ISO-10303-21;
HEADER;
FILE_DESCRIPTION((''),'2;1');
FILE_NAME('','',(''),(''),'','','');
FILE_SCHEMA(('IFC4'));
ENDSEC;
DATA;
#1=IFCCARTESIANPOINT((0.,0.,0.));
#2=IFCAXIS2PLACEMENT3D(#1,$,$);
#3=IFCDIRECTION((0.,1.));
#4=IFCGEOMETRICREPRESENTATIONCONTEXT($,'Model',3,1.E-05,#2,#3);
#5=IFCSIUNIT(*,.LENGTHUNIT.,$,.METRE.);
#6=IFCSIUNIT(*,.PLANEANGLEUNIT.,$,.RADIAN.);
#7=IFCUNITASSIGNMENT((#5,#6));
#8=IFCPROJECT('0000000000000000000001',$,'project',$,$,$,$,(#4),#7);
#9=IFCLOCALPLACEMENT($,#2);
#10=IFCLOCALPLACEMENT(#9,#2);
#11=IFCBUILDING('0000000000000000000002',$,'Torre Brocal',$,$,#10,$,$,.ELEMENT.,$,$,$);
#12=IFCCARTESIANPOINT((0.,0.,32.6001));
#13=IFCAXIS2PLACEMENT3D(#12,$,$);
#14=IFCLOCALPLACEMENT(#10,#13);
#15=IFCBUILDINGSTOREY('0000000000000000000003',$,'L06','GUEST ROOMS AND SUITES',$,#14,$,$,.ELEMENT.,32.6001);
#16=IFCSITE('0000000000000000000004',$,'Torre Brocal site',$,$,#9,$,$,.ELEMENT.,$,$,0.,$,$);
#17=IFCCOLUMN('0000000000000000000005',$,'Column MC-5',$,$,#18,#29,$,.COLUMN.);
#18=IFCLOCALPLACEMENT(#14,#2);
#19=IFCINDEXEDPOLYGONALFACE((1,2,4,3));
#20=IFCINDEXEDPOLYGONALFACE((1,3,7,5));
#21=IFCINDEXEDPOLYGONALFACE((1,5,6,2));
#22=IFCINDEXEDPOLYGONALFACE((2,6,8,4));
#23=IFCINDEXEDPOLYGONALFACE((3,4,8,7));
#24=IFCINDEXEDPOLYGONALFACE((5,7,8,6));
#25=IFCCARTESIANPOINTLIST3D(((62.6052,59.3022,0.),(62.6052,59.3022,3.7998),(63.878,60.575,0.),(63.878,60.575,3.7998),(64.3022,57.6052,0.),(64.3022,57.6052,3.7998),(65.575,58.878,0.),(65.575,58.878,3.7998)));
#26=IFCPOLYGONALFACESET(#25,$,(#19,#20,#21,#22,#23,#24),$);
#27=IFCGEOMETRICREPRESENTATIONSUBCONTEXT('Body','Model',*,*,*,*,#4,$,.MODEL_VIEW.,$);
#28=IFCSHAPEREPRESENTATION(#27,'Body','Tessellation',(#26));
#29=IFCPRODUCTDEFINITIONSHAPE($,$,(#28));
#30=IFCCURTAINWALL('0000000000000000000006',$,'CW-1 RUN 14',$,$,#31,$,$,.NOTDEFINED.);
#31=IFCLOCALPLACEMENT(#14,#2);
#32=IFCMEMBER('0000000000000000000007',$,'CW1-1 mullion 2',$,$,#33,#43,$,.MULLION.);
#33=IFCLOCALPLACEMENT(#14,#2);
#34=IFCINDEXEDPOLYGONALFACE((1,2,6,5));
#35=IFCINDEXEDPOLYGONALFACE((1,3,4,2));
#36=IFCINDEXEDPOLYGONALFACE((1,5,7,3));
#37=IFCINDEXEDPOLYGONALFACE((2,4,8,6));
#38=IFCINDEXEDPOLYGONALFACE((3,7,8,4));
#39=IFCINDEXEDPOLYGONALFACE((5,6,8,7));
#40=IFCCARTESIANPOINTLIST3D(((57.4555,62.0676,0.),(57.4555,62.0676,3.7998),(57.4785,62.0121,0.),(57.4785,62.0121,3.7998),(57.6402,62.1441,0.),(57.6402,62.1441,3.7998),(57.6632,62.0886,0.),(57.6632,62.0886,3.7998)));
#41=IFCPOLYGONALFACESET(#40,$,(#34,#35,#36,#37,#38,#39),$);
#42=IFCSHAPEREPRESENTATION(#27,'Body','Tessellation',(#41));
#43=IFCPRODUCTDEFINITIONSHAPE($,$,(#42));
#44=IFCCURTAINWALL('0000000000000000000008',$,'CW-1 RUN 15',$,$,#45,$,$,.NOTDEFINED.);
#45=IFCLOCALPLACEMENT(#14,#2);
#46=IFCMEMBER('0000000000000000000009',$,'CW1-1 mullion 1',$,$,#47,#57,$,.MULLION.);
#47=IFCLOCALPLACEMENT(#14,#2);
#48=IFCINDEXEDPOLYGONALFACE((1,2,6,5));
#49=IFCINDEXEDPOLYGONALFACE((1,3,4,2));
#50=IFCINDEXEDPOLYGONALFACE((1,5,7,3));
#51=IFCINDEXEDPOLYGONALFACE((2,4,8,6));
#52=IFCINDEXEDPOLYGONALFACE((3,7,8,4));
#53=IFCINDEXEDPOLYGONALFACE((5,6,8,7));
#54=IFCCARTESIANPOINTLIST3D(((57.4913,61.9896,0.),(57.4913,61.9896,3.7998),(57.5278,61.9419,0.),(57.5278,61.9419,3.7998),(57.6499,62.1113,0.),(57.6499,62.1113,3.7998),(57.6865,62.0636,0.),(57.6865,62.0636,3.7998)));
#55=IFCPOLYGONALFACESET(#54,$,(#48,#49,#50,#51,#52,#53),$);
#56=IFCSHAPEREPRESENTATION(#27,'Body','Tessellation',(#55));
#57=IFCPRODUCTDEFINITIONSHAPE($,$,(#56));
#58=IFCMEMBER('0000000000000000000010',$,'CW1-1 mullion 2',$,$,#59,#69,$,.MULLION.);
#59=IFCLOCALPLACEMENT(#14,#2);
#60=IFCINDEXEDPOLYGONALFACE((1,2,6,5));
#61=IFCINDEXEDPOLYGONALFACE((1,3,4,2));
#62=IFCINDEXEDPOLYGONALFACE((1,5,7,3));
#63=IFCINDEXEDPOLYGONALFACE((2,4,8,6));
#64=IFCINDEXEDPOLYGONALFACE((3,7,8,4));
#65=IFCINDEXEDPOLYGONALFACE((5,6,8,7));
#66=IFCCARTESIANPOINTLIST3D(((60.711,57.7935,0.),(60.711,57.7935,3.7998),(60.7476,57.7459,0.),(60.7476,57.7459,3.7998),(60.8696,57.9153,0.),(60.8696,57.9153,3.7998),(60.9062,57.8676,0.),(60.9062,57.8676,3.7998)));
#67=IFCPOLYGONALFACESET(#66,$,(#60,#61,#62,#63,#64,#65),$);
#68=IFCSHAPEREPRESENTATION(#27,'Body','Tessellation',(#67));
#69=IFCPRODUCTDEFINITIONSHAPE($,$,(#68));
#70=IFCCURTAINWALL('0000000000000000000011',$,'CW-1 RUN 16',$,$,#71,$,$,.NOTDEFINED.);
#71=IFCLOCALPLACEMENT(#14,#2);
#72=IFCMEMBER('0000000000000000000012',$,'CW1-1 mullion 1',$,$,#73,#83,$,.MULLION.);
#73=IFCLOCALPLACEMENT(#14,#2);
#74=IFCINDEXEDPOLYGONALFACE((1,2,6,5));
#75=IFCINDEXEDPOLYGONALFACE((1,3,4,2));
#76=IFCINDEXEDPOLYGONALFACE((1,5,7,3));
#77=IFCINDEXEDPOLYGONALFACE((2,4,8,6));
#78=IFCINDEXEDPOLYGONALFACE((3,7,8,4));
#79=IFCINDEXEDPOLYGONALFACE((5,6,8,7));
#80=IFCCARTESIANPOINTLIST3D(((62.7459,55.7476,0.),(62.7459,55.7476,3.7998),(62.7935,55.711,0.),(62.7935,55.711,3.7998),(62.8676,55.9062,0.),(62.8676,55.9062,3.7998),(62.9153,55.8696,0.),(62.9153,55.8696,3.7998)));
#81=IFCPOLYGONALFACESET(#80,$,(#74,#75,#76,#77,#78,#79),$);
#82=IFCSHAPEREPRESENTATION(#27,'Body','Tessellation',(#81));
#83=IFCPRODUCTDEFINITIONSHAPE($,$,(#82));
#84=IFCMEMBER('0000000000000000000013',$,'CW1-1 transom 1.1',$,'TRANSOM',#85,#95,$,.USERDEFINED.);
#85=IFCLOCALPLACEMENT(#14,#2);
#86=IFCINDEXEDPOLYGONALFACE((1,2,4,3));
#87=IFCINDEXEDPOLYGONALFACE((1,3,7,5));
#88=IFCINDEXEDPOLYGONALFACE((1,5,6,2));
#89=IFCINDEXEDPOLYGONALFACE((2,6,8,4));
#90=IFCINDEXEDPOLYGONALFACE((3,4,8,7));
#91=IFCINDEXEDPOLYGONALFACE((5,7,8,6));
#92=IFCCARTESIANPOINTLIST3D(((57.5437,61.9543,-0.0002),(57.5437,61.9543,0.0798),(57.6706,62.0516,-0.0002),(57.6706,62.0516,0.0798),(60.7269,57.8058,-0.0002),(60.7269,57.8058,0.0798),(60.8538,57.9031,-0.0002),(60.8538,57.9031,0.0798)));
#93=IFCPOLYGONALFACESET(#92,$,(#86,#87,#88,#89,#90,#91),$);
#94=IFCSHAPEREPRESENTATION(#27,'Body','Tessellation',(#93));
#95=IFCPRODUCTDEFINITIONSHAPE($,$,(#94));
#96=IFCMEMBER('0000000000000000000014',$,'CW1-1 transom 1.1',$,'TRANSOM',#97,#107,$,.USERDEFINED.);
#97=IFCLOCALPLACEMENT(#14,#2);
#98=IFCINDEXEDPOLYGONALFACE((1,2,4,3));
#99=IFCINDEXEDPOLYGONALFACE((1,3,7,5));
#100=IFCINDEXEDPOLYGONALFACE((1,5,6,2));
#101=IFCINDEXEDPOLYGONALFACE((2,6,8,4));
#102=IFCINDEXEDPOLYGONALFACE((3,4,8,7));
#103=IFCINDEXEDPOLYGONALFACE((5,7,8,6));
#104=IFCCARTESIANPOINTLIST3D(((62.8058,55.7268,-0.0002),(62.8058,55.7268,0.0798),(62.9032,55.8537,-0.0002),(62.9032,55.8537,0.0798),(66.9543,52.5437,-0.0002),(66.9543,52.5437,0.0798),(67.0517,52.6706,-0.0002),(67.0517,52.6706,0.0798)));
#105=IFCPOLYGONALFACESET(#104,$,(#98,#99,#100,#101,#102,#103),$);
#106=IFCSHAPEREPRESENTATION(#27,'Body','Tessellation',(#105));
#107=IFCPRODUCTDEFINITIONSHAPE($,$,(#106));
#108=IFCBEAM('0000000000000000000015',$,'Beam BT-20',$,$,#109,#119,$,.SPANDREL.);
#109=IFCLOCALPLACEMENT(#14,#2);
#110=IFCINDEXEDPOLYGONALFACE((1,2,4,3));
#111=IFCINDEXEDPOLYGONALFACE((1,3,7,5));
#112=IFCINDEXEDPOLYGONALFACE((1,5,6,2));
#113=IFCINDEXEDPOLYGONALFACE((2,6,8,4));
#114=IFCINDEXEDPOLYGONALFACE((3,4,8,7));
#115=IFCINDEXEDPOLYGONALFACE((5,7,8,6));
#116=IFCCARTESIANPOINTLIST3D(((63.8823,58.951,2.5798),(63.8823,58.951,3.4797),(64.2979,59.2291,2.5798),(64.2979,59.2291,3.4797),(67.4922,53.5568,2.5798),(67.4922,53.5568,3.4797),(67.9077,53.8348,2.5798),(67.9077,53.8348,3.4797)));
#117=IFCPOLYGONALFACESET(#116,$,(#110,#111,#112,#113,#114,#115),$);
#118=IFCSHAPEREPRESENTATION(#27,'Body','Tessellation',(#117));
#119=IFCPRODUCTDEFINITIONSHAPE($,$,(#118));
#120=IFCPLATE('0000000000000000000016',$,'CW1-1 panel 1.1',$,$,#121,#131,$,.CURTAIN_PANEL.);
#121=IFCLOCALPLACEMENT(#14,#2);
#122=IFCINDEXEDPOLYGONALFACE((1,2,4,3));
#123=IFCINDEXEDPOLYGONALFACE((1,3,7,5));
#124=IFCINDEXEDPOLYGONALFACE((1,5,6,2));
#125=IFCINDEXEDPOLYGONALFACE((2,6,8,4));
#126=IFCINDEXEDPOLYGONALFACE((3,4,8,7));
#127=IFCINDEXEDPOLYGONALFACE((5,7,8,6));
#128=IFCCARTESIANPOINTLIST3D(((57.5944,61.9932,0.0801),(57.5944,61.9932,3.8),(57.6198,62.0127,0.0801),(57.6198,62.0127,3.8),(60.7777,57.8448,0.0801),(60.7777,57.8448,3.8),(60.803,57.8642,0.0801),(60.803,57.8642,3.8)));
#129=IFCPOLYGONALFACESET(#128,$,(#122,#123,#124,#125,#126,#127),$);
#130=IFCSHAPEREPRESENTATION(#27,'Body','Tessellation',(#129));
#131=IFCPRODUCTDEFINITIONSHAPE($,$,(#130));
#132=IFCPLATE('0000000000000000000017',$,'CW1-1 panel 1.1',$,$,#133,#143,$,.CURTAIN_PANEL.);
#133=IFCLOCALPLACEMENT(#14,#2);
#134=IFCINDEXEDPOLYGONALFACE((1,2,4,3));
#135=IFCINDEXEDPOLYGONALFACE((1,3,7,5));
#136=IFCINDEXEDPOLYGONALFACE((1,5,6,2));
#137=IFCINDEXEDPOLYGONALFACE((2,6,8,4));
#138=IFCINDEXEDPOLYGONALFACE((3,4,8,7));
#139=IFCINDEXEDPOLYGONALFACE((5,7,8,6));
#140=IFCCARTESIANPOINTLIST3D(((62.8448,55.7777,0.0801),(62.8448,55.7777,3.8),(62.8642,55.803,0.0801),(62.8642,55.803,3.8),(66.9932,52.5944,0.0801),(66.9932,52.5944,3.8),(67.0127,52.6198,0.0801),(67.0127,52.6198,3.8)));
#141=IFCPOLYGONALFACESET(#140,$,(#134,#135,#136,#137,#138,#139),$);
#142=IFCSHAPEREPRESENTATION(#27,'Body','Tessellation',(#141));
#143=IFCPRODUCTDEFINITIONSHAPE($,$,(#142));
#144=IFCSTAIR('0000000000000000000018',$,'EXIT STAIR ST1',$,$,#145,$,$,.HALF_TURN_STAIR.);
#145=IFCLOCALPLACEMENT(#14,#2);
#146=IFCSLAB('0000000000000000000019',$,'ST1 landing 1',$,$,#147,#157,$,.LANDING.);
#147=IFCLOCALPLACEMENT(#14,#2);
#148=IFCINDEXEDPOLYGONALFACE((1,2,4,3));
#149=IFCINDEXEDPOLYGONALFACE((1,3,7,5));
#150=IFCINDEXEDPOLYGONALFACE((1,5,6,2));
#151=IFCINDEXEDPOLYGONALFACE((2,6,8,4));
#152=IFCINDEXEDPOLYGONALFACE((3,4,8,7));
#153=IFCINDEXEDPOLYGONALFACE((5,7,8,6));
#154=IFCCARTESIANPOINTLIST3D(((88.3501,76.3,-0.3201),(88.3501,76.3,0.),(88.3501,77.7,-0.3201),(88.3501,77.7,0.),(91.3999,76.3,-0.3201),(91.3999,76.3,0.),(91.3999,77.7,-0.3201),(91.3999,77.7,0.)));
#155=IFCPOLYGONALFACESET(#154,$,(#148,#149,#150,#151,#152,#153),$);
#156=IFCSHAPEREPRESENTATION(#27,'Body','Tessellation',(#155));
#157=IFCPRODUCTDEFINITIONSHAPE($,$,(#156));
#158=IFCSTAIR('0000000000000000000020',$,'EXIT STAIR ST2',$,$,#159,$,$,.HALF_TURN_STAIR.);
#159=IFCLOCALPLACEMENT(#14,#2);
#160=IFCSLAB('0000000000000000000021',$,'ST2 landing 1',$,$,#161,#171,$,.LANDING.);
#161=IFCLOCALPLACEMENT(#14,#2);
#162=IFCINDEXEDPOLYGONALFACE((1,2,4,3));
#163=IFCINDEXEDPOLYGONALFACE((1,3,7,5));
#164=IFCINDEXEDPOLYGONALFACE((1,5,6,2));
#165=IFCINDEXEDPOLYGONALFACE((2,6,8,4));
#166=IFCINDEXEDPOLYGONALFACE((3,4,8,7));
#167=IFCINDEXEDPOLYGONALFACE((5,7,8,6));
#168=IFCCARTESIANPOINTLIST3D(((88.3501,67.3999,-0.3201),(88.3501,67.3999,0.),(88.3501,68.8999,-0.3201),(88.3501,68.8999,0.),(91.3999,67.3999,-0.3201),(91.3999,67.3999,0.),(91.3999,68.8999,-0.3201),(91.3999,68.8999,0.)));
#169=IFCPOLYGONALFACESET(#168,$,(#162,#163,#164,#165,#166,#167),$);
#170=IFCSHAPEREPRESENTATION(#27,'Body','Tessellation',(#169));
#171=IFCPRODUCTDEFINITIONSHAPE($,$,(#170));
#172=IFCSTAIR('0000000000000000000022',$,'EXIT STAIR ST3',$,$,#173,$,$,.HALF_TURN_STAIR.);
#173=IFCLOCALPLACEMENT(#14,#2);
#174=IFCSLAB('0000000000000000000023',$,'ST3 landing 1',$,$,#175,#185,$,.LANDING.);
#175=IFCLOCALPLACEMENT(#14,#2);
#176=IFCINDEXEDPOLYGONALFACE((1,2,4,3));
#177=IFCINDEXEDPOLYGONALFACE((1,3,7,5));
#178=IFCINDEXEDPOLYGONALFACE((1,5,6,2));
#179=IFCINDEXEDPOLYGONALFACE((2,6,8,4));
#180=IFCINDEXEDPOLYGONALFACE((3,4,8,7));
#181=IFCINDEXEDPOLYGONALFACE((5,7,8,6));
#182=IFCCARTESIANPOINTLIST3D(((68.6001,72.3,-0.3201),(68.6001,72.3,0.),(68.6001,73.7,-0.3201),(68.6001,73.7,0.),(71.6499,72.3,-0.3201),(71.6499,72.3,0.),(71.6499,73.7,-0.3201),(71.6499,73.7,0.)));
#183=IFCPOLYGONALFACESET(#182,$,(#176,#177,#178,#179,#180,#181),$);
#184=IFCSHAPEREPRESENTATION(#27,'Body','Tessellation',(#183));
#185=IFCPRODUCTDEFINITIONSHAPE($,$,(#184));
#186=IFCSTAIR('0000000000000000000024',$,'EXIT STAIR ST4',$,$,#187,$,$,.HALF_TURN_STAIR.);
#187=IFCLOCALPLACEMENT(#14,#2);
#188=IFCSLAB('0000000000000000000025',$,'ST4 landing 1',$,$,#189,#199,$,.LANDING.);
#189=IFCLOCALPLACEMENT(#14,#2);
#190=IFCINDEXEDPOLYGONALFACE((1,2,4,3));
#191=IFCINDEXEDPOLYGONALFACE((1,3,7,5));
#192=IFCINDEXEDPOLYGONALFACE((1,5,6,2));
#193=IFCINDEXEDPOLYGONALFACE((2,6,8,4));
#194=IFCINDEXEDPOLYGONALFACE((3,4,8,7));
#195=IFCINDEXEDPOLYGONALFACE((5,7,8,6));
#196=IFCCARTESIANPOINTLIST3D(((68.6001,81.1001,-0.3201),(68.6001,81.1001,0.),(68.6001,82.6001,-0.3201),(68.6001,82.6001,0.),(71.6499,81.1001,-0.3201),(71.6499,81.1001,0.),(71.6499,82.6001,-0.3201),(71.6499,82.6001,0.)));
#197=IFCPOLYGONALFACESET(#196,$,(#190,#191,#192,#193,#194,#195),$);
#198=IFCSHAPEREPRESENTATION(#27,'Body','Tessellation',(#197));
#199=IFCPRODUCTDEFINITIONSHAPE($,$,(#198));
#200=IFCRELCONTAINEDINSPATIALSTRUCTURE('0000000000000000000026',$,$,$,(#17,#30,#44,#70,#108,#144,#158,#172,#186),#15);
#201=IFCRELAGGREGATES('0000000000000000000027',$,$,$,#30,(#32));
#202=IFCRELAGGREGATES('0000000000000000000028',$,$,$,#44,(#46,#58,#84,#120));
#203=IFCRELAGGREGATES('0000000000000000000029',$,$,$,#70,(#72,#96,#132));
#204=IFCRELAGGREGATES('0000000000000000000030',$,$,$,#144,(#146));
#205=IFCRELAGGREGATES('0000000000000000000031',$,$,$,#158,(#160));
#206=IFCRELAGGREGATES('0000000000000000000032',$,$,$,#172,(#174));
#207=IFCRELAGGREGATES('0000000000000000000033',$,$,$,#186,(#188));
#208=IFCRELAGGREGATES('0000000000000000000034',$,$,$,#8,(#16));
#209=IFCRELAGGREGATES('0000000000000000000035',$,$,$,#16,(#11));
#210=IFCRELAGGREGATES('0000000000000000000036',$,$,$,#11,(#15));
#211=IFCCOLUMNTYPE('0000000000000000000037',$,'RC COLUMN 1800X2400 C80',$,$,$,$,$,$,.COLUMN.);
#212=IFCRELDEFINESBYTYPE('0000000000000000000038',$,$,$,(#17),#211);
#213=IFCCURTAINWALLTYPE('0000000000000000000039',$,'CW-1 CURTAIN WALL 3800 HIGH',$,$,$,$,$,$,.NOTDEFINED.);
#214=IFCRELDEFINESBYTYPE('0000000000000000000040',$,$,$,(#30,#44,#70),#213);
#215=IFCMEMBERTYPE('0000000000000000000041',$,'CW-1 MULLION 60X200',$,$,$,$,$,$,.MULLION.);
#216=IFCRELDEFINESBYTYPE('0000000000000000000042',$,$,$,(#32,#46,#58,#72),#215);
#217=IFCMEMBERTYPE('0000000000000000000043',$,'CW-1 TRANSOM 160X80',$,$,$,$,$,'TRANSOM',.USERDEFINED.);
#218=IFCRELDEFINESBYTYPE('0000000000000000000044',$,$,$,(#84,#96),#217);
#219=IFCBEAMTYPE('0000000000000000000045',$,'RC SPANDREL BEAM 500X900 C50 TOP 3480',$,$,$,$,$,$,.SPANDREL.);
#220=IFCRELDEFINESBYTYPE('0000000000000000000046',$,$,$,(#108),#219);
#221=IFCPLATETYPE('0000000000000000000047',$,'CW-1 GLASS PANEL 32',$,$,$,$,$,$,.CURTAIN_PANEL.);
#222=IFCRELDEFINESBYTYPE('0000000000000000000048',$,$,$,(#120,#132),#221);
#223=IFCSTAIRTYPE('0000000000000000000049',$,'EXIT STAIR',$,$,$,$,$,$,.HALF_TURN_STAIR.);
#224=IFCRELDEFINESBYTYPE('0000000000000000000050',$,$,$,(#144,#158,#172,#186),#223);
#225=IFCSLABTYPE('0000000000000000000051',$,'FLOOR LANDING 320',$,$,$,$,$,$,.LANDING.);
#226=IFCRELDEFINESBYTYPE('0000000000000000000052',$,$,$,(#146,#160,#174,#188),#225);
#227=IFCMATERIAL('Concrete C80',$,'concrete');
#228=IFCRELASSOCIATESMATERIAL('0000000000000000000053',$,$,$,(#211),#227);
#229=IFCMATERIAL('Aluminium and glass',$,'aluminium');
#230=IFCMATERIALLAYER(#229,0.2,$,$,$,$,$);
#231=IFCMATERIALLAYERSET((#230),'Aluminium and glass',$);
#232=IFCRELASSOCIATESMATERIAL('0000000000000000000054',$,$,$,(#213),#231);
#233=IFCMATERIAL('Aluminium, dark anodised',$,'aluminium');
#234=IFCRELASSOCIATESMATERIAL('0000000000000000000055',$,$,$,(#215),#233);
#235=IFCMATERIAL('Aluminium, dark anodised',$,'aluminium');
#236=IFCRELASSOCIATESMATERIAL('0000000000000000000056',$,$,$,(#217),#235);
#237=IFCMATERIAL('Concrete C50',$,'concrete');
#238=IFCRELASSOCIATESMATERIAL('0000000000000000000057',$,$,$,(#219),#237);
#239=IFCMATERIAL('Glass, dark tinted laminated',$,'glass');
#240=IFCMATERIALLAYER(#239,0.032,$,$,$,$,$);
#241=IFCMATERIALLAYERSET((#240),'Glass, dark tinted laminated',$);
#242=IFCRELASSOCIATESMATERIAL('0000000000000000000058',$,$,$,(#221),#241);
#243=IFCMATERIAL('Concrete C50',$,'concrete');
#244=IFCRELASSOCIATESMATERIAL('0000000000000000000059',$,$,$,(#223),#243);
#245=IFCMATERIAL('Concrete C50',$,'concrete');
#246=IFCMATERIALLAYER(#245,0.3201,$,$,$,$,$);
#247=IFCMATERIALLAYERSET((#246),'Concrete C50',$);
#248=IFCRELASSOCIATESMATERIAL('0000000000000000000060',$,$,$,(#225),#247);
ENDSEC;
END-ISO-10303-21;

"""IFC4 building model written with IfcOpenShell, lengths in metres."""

from ifc_helpers import new_model, si_unit, direction, frame, origin, origin_2d, place, context, subcontext, project, spatial, polyline, rectangle, outline, extrude, material, layer, layer_set, material_profile, profile_set, type_object, element, aggregate, save


model = new_model("IFC4")

# Units and contexts
model_context = context("Model", 3, precision=1e-05, world=origin(), true_north=direction((0.0, 1.0)))
body_context = subcontext(model_context, "Body", "Model", "MODEL_VIEW")
ifc_project = project(units=[si_unit("LENGTHUNIT", "METRE"), si_unit("PLANEANGLEUNIT", "RADIAN")], contexts=[model_context])

# Site, building, storey
site_placement = place(None, origin())
site = spatial("IfcSite", under=ifc_project, at=site_placement, Name="Torre Brocal site", CompositionType="ELEMENT", RefElevation=0.0)
building_placement = place(site_placement, origin())
building = spatial("IfcBuilding", under=site, at=building_placement, Name="Torre Brocal", CompositionType="ELEMENT")
storey_placement = place(building_placement, frame((0.0, 0.0, 32.6001)))
storey = spatial("IfcBuildingStorey", under=building, at=storey_placement, Name="L06", Description="GUEST ROOMS AND SUITES", CompositionType="ELEMENT", Elevation=32.6001)

# Column
ifc_material_1 = material(Name="Concrete C80", Category="concrete")
ifc_material_profile_1 = material_profile(ifc_material_1, rectangle(XDim=1.8, YDim=2.3999, at=origin_2d()), Name="RC 1800X2400")
ifc_profile_set_1 = profile_set([ifc_material_profile_1], Name="Concrete C80")
column_type = type_object("IfcColumnType", Name="RC COLUMN 1800X2400 C80", PredefinedType="COLUMN", material=ifc_profile_set_1)
column_placement = place(storey_placement, frame((64.0901, 59.0901, 0.0), z_axis=(0.0, 0.0, 1.0), x_axis=(-0.707107, -0.707107, 0.0)))
element("IfcColumn", 1, at=column_placement, inside=storey, type_object=column_type, Name="Column MC-5", PredefinedType="COLUMN", context=body_context, shape_type="SweptSolid", body=[
    extrude(rectangle(XDim=1.8, YDim=2.3999, at=origin_2d()), origin(), (0.0, 0.0, 1.0), 3.7998),
])

# Curtain wall, member
ifc_material_2 = material(Name="Aluminium and glass", Category="aluminium")
ifc_layer_1 = layer(ifc_material_2, 0.2)
ifc_layer_set_1 = layer_set([ifc_layer_1], Name="Aluminium and glass")
curtain_wall_type = type_object("IfcCurtainWallType", Name="CW-1 CURTAIN WALL 3800 HIGH", PredefinedType="NOTDEFINED", material=ifc_layer_set_1)
curtain_wall_1_placement = place(storey_placement, origin())
curtain_wall_1 = element("IfcCurtainWall", 2, at=curtain_wall_1_placement, inside=storey, type_object=curtain_wall_type, Name="CW-1 RUN 14", PredefinedType="NOTDEFINED")
ifc_material_3 = material(Name="Aluminium, dark anodised", Category="aluminium")
ifc_material_profile_2 = material_profile(ifc_material_3, rectangle(XDim=0.2, YDim=0.0601, at=origin_2d()), Name="CW-1 MULLION 60X200")
ifc_profile_set_2 = profile_set([ifc_material_profile_2], Name="Aluminium, dark anodised")
member_type_1 = type_object("IfcMemberType", Name="CW-1 MULLION 60X200", PredefinedType="MULLION", material=ifc_profile_set_2)
member_1_placement = place(storey_placement, frame((57.5593, 62.0781, 0.0), z_axis=(0.0, 0.0, 1.0), x_axis=(0.92388, 0.382683, 0.0)))
member_1 = element("IfcMember", 3, at=member_1_placement, type_object=member_type_1, Name="CW1-1 mullion 2", PredefinedType="MULLION", context=body_context, shape_type="SweptSolid", body=[
    extrude(rectangle(XDim=0.2, YDim=0.0601, at=origin_2d()), origin(), (0.0, 0.0, 1.0), 3.7998),
])
aggregate(curtain_wall_1, [member_1])

# Curtain wall, members
curtain_wall_2_placement = place(storey_placement, origin())
curtain_wall_2 = element("IfcCurtainWall", 4, at=curtain_wall_2_placement, inside=storey, type_object=curtain_wall_type, Name="CW-1 RUN 15", PredefinedType="NOTDEFINED")
member_2_placement = place(storey_placement, frame((57.5889, 62.0266, 0.0), z_axis=(0.0, 0.0, 1.0), x_axis=(0.793353, 0.608761, 0.0)))
member_2 = element("IfcMember", 5, at=member_2_placement, type_object=member_type_1, Name="CW1-1 mullion 1", PredefinedType="MULLION", context=body_context, shape_type="SweptSolid", body=[
    extrude(rectangle(XDim=0.2, YDim=0.0601, at=origin_2d()), origin(), (0.0, 0.0, 1.0), 3.7998),
])
member_3_placement = place(storey_placement, frame((60.8086, 57.8306, 0.0), z_axis=(0.0, 0.0, 1.0), x_axis=(0.793353, 0.608761, 0.0)))
member_3 = element("IfcMember", 6, at=member_3_placement, type_object=member_type_1, Name="CW1-1 mullion 2", PredefinedType="MULLION", context=body_context, shape_type="SweptSolid", body=[
    extrude(rectangle(XDim=0.2, YDim=0.0601, at=origin_2d()), origin(), (0.0, 0.0, 1.0), 3.7998),
])

# Curtain wall, member
curtain_wall_3_placement = place(storey_placement, origin())
curtain_wall_3 = element("IfcCurtainWall", 7, at=curtain_wall_3_placement, inside=storey, type_object=curtain_wall_type, Name="CW-1 RUN 16", PredefinedType="NOTDEFINED")
member_4_placement = place(storey_placement, frame((62.8306, 55.8086, 0.0), z_axis=(0.0, 0.0, 1.0), x_axis=(0.608761, 0.793353, 0.0)))
member_4 = element("IfcMember", 8, at=member_4_placement, type_object=member_type_1, Name="CW1-1 mullion 1", PredefinedType="MULLION", context=body_context, shape_type="SweptSolid", body=[
    extrude(rectangle(XDim=0.2, YDim=0.0601, at=origin_2d()), origin(), (0.0, 0.0, 1.0), 3.7998),
])

# Members
ifc_material_4 = material(Name="Aluminium, dark anodised", Category="aluminium")
ifc_material_profile_3 = material_profile(ifc_material_4, rectangle(XDim=0.1599, YDim=0.0801, at=origin_2d()), Name="CW-1 TRANSOM 160X80")
ifc_profile_set_3 = profile_set([ifc_material_profile_3], Name="Aluminium, dark anodised")
member_type_2 = type_object("IfcMemberType", Name="CW-1 TRANSOM 160X80", ElementType="TRANSOM", PredefinedType="USERDEFINED", material=ifc_profile_set_3)
member_5_placement = place(storey_placement, frame((57.6072, 62.0029, 0.0398), z_axis=(0.608749, -0.793363, 0.0), x_axis=(0.793363, 0.608749, 0.0)))
member_5 = element("IfcMember", 9, at=member_5_placement, type_object=member_type_2, Name="CW1-1 transom 1.1", ObjectType="TRANSOM", PredefinedType="USERDEFINED", context=body_context, shape_type="SweptSolid", body=[
    extrude(rectangle(XDim=0.1599, YDim=0.0801, at=origin_2d()), origin(), (0.0, 0.0, 1.0), 5.229),
])
member_6_placement = place(storey_placement, frame((62.8545, 55.7903, 0.0398), z_axis=(0.793363, -0.608749, 0.0), x_axis=(0.608749, 0.793363, 0.0)))
member_6 = element("IfcMember", 10, at=member_6_placement, type_object=member_type_2, Name="CW1-1 transom 1.1", ObjectType="TRANSOM", PredefinedType="USERDEFINED", context=body_context, shape_type="SweptSolid", body=[
    extrude(rectangle(XDim=0.1599, YDim=0.0801, at=origin_2d()), origin(), (0.0, 0.0, 1.0), 5.229),
])

# Beam
ifc_material_5 = material(Name="Concrete C50", Category="concrete")
ifc_material_profile_4 = material_profile(ifc_material_5, rectangle(XDim=0.5, YDim=0.8999, at=origin_2d()), Name="RC 500X900")
ifc_profile_set_4 = profile_set([ifc_material_profile_4], Name="Concrete C50")
beam_type = type_object("IfcBeamType", Name="RC SPANDREL BEAM 500X900 C50 TOP 3480", PredefinedType="SPANDREL", material=ifc_profile_set_4)
beam_placement = place(storey_placement, frame((64.0901, 59.0901, 3.0298), z_axis=(0.556158, -0.831077, 0.0), x_axis=(0.831077, 0.556158, 0.0)))
element("IfcBeam", 11, at=beam_placement, inside=storey, type_object=beam_type, Name="Beam BT-20", PredefinedType="SPANDREL", context=body_context, shape_type="SweptSolid", body=[
    extrude(rectangle(XDim=0.5, YDim=0.8999, at=origin_2d()), origin(), (0.0, 0.0, 1.0), 6.4907),
])

# Plates
ifc_material_6 = material(Name="Glass, dark tinted laminated", Category="glass")
ifc_layer_2 = layer(ifc_material_6, 0.032)
ifc_layer_set_2 = layer_set([ifc_layer_2], Name="Glass, dark tinted laminated")
plate_type = type_object("IfcPlateType", Name="CW-1 GLASS PANEL 32", PredefinedType="CURTAIN_PANEL", material=ifc_layer_set_2)
plate_1_placement = place(storey_placement, frame((59.1987, 59.9287, 0.0801), z_axis=(0.0, 0.0, 1.0), x_axis=(0.608761, -0.793353, 0.0)))
plate_1 = element("IfcPlate", 12, at=plate_1_placement, type_object=plate_type, Name="CW1-1 panel 1.1", PredefinedType="CURTAIN_PANEL", context=body_context, shape_type="SweptSolid", body=[
    extrude(rectangle(XDim=5.229, YDim=0.032, at=origin_2d()), origin(), (0.0, 0.0, 1.0), 3.72),
])
aggregate(curtain_wall_2, [member_2, member_3, member_5, plate_1])
plate_2_placement = place(storey_placement, frame((64.9287, 54.1987, 0.0801), z_axis=(0.0, 0.0, 1.0), x_axis=(0.793353, -0.608761, 0.0)))
plate_2 = element("IfcPlate", 13, at=plate_2_placement, type_object=plate_type, Name="CW1-1 panel 1.1", PredefinedType="CURTAIN_PANEL", context=body_context, shape_type="SweptSolid", body=[
    extrude(rectangle(XDim=5.229, YDim=0.032, at=origin_2d()), origin(), (0.0, 0.0, 1.0), 3.72),
])
aggregate(curtain_wall_3, [member_4, member_6, plate_2])

# Stairs, slabs
ifc_material_7 = material(Name="Concrete C50", Category="concrete")
stair_type = type_object("IfcStairType", Name="EXIT STAIR", PredefinedType="HALF_TURN_STAIR", material=ifc_material_7)
stair_1_placement = place(storey_placement, origin())
stair_1 = element("IfcStair", 14, at=stair_1_placement, inside=storey, type_object=stair_type, Name="EXIT STAIR ST1", PredefinedType="HALF_TURN_STAIR")
ifc_material_8 = material(Name="Concrete C50", Category="concrete")
ifc_layer_3 = layer(ifc_material_8, 0.3201)
ifc_layer_set_3 = layer_set([ifc_layer_3], Name="Concrete C50")
slab_type_1 = type_object("IfcSlabType", Name="FLOOR LANDING 320", PredefinedType="LANDING", material=ifc_layer_set_3)
slab_1_placement = place(storey_placement, frame((0.0, 0.0, -0.3201)))
slab_1 = element("IfcSlab", 15, at=slab_1_placement, type_object=slab_type_1, Name="ST1 landing 1", PredefinedType="LANDING", context=body_context, shape_type="SweptSolid", body=[
    extrude(outline(polyline([(88.3501, 76.3), (91.3999, 76.3), (91.3999, 77.7), (88.3501, 77.7), (88.3501, 76.3)])), origin(), (0.0, 0.0, 1.0), 0.3201),
])
stair_2_placement = place(storey_placement, origin())
stair_2 = element("IfcStair", 16, at=stair_2_placement, inside=storey, type_object=stair_type, Name="EXIT STAIR ST2", PredefinedType="HALF_TURN_STAIR")
slab_2_placement = place(storey_placement, frame((0.0, 0.0, -0.3201)))
slab_2 = element("IfcSlab", 17, at=slab_2_placement, type_object=slab_type_1, Name="ST2 landing 1", PredefinedType="LANDING", context=body_context, shape_type="SweptSolid", body=[
    extrude(outline(polyline([(88.3501, 67.3999), (91.3999, 67.3999), (91.3999, 68.8999), (88.3501, 68.8999), (88.3501, 67.3999)])), origin(), (0.0, 0.0, 1.0), 0.3201),
])
stair_3_placement = place(storey_placement, origin())
stair_3 = element("IfcStair", 18, at=stair_3_placement, inside=storey, type_object=stair_type, Name="EXIT STAIR ST3", PredefinedType="HALF_TURN_STAIR")
slab_3_placement = place(storey_placement, frame((0.0, 0.0, -0.3201)))
slab_3 = element("IfcSlab", 19, at=slab_3_placement, type_object=slab_type_1, Name="ST3 landing 1", PredefinedType="LANDING", context=body_context, shape_type="SweptSolid", body=[
    extrude(outline(polyline([(71.6499, 73.7), (68.6001, 73.7), (68.6001, 72.3), (71.6499, 72.3), (71.6499, 73.7)])), origin(), (0.0, 0.0, 1.0), 0.3201),
])
stair_4_placement = place(storey_placement, origin())
stair_4 = element("IfcStair", 20, at=stair_4_placement, inside=storey, type_object=stair_type, Name="EXIT STAIR ST4", PredefinedType="HALF_TURN_STAIR")
slab_4_placement = place(storey_placement, frame((0.0, 0.0, -0.3201)))
slab_4 = element("IfcSlab", 21, at=slab_4_placement, type_object=slab_type_1, Name="ST4 landing 1", PredefinedType="LANDING", context=body_context, shape_type="SweptSolid", body=[
    extrude(outline(polyline([(71.6499, 82.6001), (68.6001, 82.6001), (68.6001, 81.1001), (71.6499, 81.1001), (71.6499, 82.6001)])), origin(), (0.0, 0.0, 1.0), 0.3201),
])

aggregate(stair_1, [slab_1])
aggregate(stair_2, [slab_2])
aggregate(stair_3, [slab_3])
aggregate(stair_4, [slab_4])

save(model, "model.ifc")
